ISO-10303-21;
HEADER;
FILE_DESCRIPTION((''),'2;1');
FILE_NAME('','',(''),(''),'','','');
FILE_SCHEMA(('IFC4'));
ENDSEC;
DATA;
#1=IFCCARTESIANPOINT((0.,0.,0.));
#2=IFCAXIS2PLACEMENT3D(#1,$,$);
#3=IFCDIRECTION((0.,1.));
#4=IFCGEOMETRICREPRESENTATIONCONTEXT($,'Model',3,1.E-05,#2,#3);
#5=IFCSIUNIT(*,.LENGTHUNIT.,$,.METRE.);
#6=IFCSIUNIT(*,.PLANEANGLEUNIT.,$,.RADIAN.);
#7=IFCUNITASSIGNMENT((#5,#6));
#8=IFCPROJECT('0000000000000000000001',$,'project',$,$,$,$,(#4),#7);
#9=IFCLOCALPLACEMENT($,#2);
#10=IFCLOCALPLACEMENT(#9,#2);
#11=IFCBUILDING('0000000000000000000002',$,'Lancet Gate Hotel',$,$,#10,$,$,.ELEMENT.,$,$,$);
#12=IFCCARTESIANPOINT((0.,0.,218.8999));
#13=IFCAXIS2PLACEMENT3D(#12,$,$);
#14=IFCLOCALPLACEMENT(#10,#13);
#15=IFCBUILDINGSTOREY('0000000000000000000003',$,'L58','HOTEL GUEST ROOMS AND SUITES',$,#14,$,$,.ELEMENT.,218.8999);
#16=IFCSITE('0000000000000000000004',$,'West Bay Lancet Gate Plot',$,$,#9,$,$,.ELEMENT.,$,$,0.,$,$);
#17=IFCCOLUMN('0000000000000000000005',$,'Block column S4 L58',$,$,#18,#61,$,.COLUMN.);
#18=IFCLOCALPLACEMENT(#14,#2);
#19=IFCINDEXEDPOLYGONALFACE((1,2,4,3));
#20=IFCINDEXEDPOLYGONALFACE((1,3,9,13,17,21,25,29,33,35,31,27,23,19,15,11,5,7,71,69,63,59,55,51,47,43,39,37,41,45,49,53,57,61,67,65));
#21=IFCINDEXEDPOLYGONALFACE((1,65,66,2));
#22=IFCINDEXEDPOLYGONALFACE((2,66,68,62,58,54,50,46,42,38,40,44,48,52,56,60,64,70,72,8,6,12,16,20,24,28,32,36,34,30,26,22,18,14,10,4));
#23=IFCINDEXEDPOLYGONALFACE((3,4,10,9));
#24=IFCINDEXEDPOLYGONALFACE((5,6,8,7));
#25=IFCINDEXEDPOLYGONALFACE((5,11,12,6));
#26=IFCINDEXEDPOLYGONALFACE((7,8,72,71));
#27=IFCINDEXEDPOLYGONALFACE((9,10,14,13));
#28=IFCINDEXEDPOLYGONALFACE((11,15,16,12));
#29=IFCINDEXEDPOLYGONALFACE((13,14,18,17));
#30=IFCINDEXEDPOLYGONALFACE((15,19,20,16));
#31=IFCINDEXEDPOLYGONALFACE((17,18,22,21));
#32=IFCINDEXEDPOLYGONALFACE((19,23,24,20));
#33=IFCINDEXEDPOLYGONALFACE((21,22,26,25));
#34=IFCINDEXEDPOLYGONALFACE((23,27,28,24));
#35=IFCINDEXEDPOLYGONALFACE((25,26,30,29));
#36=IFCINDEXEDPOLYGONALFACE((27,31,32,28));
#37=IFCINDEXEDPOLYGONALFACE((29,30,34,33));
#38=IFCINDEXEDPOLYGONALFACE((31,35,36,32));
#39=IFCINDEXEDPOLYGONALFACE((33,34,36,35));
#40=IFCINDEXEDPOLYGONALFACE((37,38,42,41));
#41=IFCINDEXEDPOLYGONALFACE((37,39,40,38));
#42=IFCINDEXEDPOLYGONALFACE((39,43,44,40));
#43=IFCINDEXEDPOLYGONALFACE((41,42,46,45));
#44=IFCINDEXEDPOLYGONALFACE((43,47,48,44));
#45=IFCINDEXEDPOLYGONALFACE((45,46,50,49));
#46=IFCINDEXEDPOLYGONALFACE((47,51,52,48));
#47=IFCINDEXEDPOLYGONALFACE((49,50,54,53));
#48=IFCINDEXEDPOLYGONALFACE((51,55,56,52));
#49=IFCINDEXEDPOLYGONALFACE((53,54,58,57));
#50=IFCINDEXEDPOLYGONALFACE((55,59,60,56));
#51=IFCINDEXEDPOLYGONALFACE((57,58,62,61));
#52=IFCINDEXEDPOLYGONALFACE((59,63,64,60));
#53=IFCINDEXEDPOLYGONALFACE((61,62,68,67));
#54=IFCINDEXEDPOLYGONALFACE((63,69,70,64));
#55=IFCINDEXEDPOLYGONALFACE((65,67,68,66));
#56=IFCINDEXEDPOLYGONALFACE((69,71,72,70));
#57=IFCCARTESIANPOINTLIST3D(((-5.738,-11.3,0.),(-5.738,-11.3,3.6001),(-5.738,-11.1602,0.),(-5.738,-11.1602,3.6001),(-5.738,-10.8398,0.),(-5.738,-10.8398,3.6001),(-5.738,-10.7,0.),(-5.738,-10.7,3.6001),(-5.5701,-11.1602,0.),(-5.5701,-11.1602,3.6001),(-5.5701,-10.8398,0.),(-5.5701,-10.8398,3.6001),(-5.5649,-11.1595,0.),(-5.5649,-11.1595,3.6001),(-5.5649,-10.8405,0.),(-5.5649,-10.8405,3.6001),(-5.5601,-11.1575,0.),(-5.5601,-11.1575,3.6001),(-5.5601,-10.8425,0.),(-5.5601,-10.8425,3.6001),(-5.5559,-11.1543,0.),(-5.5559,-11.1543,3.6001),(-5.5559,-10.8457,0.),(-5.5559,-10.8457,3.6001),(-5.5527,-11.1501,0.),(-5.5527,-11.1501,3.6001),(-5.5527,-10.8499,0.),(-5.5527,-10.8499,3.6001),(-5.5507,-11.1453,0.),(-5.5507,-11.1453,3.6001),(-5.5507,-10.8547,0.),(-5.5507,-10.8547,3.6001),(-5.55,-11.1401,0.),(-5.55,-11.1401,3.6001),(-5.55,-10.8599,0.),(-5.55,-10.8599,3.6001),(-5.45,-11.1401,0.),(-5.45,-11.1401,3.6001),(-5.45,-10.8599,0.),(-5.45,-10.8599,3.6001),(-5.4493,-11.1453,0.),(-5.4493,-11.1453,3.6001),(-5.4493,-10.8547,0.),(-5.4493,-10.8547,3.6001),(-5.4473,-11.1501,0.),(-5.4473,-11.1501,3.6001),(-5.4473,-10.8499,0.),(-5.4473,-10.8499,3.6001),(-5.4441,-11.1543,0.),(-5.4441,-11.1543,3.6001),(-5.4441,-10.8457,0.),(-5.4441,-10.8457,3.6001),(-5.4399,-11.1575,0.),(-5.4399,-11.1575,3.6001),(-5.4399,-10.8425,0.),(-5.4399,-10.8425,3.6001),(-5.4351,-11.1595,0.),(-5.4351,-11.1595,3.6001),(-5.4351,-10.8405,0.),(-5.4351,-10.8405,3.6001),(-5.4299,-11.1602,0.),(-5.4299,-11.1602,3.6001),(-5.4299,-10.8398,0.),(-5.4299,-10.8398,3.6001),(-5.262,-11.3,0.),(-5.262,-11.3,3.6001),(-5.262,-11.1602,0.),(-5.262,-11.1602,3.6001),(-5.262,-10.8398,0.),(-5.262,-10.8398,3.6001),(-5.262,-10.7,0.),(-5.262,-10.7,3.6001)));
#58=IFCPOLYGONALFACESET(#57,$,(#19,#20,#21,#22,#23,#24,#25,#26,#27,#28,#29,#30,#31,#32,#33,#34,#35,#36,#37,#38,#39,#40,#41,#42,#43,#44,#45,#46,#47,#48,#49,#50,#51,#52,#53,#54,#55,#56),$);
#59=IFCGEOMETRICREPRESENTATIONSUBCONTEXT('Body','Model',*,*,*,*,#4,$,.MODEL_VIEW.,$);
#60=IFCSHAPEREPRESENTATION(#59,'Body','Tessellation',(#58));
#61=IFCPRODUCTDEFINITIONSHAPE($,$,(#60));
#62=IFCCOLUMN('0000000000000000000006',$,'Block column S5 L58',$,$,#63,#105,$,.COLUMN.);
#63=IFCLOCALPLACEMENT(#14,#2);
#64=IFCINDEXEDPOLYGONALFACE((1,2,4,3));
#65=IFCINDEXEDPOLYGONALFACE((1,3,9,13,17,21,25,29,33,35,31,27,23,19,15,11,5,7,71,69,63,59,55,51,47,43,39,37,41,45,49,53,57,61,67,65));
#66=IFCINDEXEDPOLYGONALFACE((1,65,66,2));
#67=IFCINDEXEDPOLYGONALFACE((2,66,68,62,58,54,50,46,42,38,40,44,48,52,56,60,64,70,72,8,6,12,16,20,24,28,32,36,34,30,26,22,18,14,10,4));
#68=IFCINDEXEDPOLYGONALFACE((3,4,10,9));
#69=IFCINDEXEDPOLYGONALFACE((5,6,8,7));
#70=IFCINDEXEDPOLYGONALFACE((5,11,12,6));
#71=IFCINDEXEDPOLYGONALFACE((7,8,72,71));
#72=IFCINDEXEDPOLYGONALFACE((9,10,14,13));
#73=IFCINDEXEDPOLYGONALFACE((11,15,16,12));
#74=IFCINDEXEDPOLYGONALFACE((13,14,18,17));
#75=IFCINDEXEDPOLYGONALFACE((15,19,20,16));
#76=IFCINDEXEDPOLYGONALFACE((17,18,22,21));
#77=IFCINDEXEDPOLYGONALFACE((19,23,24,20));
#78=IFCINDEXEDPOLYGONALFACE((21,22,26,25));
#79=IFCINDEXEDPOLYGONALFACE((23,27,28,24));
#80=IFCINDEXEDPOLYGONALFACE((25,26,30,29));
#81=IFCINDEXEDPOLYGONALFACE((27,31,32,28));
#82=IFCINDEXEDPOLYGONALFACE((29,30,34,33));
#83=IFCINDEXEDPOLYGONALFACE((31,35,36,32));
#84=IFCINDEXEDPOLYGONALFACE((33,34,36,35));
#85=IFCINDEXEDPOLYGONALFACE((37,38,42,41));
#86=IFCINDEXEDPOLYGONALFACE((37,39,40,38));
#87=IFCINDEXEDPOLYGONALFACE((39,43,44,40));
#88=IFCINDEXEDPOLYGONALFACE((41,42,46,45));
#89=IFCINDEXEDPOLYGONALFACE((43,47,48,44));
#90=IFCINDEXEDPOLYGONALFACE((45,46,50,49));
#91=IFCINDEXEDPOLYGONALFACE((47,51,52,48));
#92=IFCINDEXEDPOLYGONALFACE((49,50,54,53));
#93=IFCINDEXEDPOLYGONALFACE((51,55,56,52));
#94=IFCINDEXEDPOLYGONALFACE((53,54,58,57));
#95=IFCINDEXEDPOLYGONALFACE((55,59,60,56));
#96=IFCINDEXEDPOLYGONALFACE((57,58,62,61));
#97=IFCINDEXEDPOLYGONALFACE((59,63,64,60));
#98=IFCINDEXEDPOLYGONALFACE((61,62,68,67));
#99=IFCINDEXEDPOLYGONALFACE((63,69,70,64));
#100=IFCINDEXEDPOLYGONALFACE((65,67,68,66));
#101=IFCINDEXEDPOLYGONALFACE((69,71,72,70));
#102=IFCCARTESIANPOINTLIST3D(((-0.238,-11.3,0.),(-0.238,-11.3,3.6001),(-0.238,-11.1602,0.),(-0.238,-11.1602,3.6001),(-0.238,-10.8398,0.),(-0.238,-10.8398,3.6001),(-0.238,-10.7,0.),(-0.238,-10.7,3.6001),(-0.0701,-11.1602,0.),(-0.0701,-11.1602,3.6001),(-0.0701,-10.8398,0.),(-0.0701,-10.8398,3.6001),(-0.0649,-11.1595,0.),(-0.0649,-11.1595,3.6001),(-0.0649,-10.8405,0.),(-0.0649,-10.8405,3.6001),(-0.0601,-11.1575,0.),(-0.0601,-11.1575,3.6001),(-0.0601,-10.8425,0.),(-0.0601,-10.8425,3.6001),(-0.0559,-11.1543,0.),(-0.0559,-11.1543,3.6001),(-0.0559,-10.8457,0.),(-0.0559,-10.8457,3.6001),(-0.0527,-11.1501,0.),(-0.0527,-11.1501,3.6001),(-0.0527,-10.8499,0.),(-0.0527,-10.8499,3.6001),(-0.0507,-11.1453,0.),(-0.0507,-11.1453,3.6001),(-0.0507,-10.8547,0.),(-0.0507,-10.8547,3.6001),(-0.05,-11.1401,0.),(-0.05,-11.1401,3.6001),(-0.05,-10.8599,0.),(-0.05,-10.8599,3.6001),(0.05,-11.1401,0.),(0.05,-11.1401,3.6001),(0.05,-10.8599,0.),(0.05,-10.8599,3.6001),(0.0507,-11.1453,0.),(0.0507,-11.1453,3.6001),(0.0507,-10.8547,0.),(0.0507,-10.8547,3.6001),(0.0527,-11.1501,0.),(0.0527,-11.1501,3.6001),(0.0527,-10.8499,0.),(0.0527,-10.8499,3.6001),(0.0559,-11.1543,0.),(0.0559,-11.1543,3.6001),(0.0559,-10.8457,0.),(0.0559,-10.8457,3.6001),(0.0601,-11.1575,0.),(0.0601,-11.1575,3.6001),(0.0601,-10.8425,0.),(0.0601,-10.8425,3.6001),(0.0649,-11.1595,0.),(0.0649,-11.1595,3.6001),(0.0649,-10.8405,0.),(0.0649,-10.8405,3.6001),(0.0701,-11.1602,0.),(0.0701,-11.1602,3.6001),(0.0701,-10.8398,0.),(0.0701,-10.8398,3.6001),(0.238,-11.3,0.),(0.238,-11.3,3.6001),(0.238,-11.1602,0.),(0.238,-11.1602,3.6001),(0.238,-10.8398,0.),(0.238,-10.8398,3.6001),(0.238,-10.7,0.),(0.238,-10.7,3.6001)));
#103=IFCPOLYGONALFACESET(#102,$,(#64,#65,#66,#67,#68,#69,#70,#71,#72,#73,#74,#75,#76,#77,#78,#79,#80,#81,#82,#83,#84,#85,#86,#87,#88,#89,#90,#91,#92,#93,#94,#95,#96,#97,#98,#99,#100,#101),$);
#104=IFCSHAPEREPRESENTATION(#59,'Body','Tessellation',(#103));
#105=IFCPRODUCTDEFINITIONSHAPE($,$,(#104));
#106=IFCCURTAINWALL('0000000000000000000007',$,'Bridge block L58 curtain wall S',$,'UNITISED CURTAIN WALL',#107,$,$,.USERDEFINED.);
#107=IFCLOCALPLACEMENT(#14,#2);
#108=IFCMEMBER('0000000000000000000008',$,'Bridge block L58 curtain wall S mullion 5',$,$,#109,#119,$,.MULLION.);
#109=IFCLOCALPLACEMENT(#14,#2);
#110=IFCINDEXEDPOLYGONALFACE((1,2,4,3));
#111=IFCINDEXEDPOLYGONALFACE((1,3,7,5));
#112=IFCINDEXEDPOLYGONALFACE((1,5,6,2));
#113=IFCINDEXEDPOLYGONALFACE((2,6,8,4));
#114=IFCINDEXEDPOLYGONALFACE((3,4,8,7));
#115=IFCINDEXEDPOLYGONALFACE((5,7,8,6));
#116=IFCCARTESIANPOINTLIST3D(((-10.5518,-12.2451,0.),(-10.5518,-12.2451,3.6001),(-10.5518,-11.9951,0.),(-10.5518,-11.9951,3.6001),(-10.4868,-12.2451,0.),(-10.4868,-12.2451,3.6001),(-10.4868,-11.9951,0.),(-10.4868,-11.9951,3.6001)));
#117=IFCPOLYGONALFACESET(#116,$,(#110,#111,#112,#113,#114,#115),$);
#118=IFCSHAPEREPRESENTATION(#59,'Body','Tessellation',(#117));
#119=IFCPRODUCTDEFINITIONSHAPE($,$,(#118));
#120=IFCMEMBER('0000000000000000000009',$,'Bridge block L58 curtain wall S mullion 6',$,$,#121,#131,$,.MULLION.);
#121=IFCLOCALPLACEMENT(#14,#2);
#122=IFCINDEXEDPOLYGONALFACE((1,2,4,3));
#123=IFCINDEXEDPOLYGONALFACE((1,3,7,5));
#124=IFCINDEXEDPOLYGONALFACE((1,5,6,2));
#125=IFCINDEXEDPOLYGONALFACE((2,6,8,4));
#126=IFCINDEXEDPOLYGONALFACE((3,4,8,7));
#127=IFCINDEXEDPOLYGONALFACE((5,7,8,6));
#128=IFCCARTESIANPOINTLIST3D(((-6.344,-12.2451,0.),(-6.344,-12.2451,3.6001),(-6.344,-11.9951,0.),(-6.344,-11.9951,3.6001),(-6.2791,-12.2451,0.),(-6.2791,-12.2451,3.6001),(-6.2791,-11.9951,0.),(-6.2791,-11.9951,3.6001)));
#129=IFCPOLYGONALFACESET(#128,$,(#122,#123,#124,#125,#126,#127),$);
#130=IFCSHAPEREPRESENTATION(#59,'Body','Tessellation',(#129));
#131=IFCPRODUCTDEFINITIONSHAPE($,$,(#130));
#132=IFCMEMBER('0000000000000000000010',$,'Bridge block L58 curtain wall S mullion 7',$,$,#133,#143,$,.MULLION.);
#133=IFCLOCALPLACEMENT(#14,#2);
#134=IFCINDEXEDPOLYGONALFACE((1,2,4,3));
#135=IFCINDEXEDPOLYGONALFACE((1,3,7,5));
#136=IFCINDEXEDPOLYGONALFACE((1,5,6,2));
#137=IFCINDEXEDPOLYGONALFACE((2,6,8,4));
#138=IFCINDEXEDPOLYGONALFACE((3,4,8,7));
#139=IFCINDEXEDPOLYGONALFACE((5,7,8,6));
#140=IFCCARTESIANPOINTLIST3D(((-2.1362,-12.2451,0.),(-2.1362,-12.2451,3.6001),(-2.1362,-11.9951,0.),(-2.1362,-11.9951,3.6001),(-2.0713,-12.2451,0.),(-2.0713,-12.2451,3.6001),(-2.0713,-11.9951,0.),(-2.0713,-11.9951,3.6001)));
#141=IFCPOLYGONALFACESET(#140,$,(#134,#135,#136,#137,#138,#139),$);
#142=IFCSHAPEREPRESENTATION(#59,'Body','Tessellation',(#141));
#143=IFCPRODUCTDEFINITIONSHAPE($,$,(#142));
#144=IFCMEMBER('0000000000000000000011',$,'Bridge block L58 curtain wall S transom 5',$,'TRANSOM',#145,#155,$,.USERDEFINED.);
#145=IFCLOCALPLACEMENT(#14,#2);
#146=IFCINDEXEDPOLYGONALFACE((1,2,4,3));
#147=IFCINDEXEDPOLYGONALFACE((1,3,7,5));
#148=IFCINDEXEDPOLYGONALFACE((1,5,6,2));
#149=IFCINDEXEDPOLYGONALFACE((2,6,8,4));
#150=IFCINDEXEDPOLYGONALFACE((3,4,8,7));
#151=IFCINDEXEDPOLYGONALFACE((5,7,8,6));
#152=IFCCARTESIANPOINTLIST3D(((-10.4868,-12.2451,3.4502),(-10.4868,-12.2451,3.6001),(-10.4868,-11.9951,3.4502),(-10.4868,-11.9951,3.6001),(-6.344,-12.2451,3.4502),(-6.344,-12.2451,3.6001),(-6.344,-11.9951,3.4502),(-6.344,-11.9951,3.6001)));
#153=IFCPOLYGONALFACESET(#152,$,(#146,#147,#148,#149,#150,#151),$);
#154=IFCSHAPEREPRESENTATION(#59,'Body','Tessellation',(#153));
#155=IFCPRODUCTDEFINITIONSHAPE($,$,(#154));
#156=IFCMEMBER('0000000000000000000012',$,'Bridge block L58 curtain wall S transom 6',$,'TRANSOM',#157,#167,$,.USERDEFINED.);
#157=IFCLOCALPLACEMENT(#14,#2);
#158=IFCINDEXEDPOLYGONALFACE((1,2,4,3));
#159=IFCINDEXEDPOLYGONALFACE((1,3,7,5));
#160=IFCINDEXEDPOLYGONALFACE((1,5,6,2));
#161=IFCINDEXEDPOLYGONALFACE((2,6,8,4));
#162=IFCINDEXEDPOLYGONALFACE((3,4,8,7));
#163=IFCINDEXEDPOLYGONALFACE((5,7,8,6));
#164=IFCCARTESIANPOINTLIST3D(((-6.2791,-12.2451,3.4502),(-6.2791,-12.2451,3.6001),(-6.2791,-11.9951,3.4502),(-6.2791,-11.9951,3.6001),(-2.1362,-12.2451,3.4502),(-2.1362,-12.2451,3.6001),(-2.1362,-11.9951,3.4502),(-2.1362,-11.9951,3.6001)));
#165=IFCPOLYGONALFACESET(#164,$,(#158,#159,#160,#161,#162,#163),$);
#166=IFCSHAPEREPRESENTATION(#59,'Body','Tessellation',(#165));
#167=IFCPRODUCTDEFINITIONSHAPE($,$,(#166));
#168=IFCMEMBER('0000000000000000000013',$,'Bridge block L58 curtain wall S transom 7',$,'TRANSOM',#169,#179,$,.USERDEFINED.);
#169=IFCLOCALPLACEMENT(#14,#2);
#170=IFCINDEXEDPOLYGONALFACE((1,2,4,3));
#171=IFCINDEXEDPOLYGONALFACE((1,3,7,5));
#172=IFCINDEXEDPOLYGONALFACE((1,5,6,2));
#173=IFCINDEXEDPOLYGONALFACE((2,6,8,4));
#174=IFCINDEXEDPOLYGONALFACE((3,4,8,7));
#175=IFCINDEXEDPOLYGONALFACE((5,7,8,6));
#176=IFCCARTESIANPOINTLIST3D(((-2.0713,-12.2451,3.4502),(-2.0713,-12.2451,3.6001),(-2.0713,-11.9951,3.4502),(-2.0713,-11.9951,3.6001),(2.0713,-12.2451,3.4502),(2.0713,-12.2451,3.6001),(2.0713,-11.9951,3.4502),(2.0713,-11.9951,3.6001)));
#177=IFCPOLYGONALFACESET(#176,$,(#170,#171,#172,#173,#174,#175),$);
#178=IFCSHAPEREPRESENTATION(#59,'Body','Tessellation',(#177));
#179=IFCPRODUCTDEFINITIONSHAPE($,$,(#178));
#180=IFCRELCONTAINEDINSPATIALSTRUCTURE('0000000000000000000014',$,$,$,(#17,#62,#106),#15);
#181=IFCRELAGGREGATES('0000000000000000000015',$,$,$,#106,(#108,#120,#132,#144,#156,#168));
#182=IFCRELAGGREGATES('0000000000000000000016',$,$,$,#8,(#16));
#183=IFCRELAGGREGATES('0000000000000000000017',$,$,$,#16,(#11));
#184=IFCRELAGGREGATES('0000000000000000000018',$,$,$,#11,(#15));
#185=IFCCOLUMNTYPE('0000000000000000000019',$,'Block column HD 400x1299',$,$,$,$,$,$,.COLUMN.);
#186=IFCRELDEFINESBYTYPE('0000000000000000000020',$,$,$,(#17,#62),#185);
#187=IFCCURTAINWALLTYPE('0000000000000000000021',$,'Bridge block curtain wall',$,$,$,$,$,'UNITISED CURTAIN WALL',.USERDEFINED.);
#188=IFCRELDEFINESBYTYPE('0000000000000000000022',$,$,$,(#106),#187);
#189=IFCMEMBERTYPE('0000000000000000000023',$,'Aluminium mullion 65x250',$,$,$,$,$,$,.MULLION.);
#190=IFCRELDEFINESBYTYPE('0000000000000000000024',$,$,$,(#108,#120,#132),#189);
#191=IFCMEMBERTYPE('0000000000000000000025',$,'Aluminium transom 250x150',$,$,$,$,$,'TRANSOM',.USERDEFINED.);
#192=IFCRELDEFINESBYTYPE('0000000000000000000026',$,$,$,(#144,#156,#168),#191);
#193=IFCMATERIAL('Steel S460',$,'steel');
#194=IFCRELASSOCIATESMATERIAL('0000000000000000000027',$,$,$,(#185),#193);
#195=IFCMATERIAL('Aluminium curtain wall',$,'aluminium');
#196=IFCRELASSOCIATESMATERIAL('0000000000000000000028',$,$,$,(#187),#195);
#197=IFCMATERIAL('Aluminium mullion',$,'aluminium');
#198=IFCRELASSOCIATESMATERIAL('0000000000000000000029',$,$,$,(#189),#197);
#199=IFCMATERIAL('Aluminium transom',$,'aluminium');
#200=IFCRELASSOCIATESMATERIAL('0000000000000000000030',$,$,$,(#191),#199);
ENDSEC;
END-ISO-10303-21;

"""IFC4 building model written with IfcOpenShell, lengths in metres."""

from ifc_helpers import new_model, si_unit, direction, frame, origin, origin_2d, place, context, subcontext, project, spatial, rectangle, i_section, extrude, material, material_profile, profile_set, type_object, element, aggregate, save


model = new_model("IFC4")

# Units and contexts
model_context = context("Model", 3, precision=1e-05, world=origin(), true_north=direction((0.0, 1.0)))
body_context = subcontext(model_context, "Body", "Model", "MODEL_VIEW")
ifc_project = project(units=[si_unit("LENGTHUNIT", "METRE"), si_unit("PLANEANGLEUNIT", "RADIAN")], contexts=[model_context])

# Site, building, storey
site_placement = place(None, origin())
site = spatial("IfcSite", under=ifc_project, at=site_placement, Name="West Bay Lancet Gate Plot", CompositionType="ELEMENT", RefElevation=0.0)
building_placement = place(site_placement, origin())
building = spatial("IfcBuilding", under=site, at=building_placement, Name="Lancet Gate Hotel", CompositionType="ELEMENT")
storey_placement = place(building_placement, frame((0.0, 0.0, 218.8999)))
storey = spatial("IfcBuildingStorey", under=building, at=storey_placement, Name="L58", Description="HOTEL GUEST ROOMS AND SUITES", CompositionType="ELEMENT", Elevation=218.8999)

# Columns
ifc_material_1 = material(Name="Steel S460", Category="steel")
ifc_material_profile_1 = material_profile(ifc_material_1, i_section(OverallWidth=0.4761, OverallDepth=0.6001, WebThickness=0.1001, FlangeThickness=0.1399, FilletRadius=0.02, at=origin_2d()), Name="HD 400x1299")
ifc_profile_set_1 = profile_set([ifc_material_profile_1], Name="Steel S460")
column_type = type_object("IfcColumnType", Name="Block column HD 400x1299", PredefinedType="COLUMN", material=ifc_profile_set_1)
for number, where, z_axis, x_axis, name in (
    (1, (-5.5, -11.0, 0.0), (0.0, 0.0, 1.0), (1.0, 0.0, 0.0), "Block column S4 L58"),
    (2, (0.0, -11.0, 0.0), (0.0, 0.0, 1.0), (1.0, 0.0, 0.0), "Block column S5 L58"),
):
    element("IfcColumn", number, at=place(storey_placement, frame(where, z_axis=z_axis, x_axis=x_axis)), inside=storey, type_object=column_type, Name=name, PredefinedType="COLUMN", context=body_context, shape_type="SweptSolid", body=[
        extrude(i_section(OverallWidth=0.4761, OverallDepth=0.6001, WebThickness=0.1001, FlangeThickness=0.1399, FilletRadius=0.02, at=origin_2d()), origin(), (0.0, 0.0, 1.0), 3.6001),
    ])

# Curtain wall, members
ifc_material_2 = material(Name="Aluminium curtain wall", Category="aluminium")
curtain_wall_type = type_object("IfcCurtainWallType", Name="Bridge block curtain wall", ElementType="UNITISED CURTAIN WALL", PredefinedType="USERDEFINED", material=ifc_material_2)
curtain_wall_placement = place(storey_placement, origin())
curtain_wall = element("IfcCurtainWall", 3, at=curtain_wall_placement, inside=storey, type_object=curtain_wall_type, Name="Bridge block L58 curtain wall S", ObjectType="UNITISED CURTAIN WALL", PredefinedType="USERDEFINED")
ifc_material_3 = material(Name="Aluminium mullion", Category="aluminium")
ifc_material_profile_2 = material_profile(ifc_material_3, rectangle(XDim=0.0649, YDim=0.25, at=origin_2d()), Name="MULLION 65x250")
ifc_profile_set_2 = profile_set([ifc_material_profile_2], Name="Aluminium mullion")
member_type_1 = type_object("IfcMemberType", Name="Aluminium mullion 65x250", PredefinedType="MULLION", material=ifc_profile_set_2)
member_1_placement = place(storey_placement, frame((-10.5193, -12.1201, 0.0), z_axis=(0.0, 0.0, 1.0), x_axis=(1.0, 0.0, 0.0)))
member_1 = element("IfcMember", 4, at=member_1_placement, type_object=member_type_1, Name="Bridge block L58 curtain wall S mullion 5", PredefinedType="MULLION", context=body_context, shape_type="SweptSolid", body=[
    extrude(rectangle(XDim=0.0649, YDim=0.25, at=origin_2d()), origin(), (0.0, 0.0, 1.0), 3.6001),
])
member_2_placement = place(storey_placement, frame((-6.3115, -12.1201, 0.0), z_axis=(0.0, 0.0, 1.0), x_axis=(1.0, 0.0, 0.0)))
member_2 = element("IfcMember", 5, at=member_2_placement, type_object=member_type_1, Name="Bridge block L58 curtain wall S mullion 6", PredefinedType="MULLION", context=body_context, shape_type="SweptSolid", body=[
    extrude(rectangle(XDim=0.0649, YDim=0.25, at=origin_2d()), origin(), (0.0, 0.0, 1.0), 3.6001),
])
member_3_placement = place(storey_placement, frame((-2.1038, -12.1201, 0.0), z_axis=(0.0, 0.0, 1.0), x_axis=(1.0, 0.0, 0.0)))
member_3 = element("IfcMember", 6, at=member_3_placement, type_object=member_type_1, Name="Bridge block L58 curtain wall S mullion 7", PredefinedType="MULLION", context=body_context, shape_type="SweptSolid", body=[
    extrude(rectangle(XDim=0.0649, YDim=0.25, at=origin_2d()), origin(), (0.0, 0.0, 1.0), 3.6001),
])
ifc_material_4 = material(Name="Aluminium transom", Category="aluminium")
ifc_material_profile_3 = material_profile(ifc_material_4, rectangle(XDim=0.25, YDim=0.1499, at=origin_2d()), Name="TRANSOM 250x150")
ifc_profile_set_3 = profile_set([ifc_material_profile_3], Name="Aluminium transom")
member_type_2 = type_object("IfcMemberType", Name="Aluminium transom 250x150", ElementType="TRANSOM", PredefinedType="USERDEFINED", material=ifc_profile_set_3)
member_4_placement = place(storey_placement, frame((-10.4868, -12.1201, 3.5251), z_axis=(1.0, 0.0, 0.0), x_axis=(0.0, 1.0, 0.0)))
member_4 = element("IfcMember", 7, at=member_4_placement, type_object=member_type_2, Name="Bridge block L58 curtain wall S transom 5", ObjectType="TRANSOM", PredefinedType="USERDEFINED", context=body_context, shape_type="SweptSolid", body=[
    extrude(rectangle(XDim=0.25, YDim=0.1499, at=origin_2d()), origin(), (0.0, 0.0, 1.0), 4.1428),
])
member_5_placement = place(storey_placement, frame((-6.2791, -12.1201, 3.5251), z_axis=(1.0, 0.0, 0.0), x_axis=(0.0, 1.0, 0.0)))
member_5 = element("IfcMember", 8, at=member_5_placement, type_object=member_type_2, Name="Bridge block L58 curtain wall S transom 6", ObjectType="TRANSOM", PredefinedType="USERDEFINED", context=body_context, shape_type="SweptSolid", body=[
    extrude(rectangle(XDim=0.25, YDim=0.1499, at=origin_2d()), origin(), (0.0, 0.0, 1.0), 4.1428),
])
member_6_placement = place(storey_placement, frame((-2.0713, -12.1201, 3.5251), z_axis=(1.0, 0.0, 0.0), x_axis=(0.0, 1.0, 0.0)))
member_6 = element("IfcMember", 9, at=member_6_placement, type_object=member_type_2, Name="Bridge block L58 curtain wall S transom 7", ObjectType="TRANSOM", PredefinedType="USERDEFINED", context=body_context, shape_type="SweptSolid", body=[
    extrude(rectangle(XDim=0.25, YDim=0.1499, at=origin_2d()), origin(), (0.0, 0.0, 1.0), 4.1426),
])

aggregate(curtain_wall, [member_1, member_2, member_3, member_4, member_5, member_6])

save(model, "model.ifc")
